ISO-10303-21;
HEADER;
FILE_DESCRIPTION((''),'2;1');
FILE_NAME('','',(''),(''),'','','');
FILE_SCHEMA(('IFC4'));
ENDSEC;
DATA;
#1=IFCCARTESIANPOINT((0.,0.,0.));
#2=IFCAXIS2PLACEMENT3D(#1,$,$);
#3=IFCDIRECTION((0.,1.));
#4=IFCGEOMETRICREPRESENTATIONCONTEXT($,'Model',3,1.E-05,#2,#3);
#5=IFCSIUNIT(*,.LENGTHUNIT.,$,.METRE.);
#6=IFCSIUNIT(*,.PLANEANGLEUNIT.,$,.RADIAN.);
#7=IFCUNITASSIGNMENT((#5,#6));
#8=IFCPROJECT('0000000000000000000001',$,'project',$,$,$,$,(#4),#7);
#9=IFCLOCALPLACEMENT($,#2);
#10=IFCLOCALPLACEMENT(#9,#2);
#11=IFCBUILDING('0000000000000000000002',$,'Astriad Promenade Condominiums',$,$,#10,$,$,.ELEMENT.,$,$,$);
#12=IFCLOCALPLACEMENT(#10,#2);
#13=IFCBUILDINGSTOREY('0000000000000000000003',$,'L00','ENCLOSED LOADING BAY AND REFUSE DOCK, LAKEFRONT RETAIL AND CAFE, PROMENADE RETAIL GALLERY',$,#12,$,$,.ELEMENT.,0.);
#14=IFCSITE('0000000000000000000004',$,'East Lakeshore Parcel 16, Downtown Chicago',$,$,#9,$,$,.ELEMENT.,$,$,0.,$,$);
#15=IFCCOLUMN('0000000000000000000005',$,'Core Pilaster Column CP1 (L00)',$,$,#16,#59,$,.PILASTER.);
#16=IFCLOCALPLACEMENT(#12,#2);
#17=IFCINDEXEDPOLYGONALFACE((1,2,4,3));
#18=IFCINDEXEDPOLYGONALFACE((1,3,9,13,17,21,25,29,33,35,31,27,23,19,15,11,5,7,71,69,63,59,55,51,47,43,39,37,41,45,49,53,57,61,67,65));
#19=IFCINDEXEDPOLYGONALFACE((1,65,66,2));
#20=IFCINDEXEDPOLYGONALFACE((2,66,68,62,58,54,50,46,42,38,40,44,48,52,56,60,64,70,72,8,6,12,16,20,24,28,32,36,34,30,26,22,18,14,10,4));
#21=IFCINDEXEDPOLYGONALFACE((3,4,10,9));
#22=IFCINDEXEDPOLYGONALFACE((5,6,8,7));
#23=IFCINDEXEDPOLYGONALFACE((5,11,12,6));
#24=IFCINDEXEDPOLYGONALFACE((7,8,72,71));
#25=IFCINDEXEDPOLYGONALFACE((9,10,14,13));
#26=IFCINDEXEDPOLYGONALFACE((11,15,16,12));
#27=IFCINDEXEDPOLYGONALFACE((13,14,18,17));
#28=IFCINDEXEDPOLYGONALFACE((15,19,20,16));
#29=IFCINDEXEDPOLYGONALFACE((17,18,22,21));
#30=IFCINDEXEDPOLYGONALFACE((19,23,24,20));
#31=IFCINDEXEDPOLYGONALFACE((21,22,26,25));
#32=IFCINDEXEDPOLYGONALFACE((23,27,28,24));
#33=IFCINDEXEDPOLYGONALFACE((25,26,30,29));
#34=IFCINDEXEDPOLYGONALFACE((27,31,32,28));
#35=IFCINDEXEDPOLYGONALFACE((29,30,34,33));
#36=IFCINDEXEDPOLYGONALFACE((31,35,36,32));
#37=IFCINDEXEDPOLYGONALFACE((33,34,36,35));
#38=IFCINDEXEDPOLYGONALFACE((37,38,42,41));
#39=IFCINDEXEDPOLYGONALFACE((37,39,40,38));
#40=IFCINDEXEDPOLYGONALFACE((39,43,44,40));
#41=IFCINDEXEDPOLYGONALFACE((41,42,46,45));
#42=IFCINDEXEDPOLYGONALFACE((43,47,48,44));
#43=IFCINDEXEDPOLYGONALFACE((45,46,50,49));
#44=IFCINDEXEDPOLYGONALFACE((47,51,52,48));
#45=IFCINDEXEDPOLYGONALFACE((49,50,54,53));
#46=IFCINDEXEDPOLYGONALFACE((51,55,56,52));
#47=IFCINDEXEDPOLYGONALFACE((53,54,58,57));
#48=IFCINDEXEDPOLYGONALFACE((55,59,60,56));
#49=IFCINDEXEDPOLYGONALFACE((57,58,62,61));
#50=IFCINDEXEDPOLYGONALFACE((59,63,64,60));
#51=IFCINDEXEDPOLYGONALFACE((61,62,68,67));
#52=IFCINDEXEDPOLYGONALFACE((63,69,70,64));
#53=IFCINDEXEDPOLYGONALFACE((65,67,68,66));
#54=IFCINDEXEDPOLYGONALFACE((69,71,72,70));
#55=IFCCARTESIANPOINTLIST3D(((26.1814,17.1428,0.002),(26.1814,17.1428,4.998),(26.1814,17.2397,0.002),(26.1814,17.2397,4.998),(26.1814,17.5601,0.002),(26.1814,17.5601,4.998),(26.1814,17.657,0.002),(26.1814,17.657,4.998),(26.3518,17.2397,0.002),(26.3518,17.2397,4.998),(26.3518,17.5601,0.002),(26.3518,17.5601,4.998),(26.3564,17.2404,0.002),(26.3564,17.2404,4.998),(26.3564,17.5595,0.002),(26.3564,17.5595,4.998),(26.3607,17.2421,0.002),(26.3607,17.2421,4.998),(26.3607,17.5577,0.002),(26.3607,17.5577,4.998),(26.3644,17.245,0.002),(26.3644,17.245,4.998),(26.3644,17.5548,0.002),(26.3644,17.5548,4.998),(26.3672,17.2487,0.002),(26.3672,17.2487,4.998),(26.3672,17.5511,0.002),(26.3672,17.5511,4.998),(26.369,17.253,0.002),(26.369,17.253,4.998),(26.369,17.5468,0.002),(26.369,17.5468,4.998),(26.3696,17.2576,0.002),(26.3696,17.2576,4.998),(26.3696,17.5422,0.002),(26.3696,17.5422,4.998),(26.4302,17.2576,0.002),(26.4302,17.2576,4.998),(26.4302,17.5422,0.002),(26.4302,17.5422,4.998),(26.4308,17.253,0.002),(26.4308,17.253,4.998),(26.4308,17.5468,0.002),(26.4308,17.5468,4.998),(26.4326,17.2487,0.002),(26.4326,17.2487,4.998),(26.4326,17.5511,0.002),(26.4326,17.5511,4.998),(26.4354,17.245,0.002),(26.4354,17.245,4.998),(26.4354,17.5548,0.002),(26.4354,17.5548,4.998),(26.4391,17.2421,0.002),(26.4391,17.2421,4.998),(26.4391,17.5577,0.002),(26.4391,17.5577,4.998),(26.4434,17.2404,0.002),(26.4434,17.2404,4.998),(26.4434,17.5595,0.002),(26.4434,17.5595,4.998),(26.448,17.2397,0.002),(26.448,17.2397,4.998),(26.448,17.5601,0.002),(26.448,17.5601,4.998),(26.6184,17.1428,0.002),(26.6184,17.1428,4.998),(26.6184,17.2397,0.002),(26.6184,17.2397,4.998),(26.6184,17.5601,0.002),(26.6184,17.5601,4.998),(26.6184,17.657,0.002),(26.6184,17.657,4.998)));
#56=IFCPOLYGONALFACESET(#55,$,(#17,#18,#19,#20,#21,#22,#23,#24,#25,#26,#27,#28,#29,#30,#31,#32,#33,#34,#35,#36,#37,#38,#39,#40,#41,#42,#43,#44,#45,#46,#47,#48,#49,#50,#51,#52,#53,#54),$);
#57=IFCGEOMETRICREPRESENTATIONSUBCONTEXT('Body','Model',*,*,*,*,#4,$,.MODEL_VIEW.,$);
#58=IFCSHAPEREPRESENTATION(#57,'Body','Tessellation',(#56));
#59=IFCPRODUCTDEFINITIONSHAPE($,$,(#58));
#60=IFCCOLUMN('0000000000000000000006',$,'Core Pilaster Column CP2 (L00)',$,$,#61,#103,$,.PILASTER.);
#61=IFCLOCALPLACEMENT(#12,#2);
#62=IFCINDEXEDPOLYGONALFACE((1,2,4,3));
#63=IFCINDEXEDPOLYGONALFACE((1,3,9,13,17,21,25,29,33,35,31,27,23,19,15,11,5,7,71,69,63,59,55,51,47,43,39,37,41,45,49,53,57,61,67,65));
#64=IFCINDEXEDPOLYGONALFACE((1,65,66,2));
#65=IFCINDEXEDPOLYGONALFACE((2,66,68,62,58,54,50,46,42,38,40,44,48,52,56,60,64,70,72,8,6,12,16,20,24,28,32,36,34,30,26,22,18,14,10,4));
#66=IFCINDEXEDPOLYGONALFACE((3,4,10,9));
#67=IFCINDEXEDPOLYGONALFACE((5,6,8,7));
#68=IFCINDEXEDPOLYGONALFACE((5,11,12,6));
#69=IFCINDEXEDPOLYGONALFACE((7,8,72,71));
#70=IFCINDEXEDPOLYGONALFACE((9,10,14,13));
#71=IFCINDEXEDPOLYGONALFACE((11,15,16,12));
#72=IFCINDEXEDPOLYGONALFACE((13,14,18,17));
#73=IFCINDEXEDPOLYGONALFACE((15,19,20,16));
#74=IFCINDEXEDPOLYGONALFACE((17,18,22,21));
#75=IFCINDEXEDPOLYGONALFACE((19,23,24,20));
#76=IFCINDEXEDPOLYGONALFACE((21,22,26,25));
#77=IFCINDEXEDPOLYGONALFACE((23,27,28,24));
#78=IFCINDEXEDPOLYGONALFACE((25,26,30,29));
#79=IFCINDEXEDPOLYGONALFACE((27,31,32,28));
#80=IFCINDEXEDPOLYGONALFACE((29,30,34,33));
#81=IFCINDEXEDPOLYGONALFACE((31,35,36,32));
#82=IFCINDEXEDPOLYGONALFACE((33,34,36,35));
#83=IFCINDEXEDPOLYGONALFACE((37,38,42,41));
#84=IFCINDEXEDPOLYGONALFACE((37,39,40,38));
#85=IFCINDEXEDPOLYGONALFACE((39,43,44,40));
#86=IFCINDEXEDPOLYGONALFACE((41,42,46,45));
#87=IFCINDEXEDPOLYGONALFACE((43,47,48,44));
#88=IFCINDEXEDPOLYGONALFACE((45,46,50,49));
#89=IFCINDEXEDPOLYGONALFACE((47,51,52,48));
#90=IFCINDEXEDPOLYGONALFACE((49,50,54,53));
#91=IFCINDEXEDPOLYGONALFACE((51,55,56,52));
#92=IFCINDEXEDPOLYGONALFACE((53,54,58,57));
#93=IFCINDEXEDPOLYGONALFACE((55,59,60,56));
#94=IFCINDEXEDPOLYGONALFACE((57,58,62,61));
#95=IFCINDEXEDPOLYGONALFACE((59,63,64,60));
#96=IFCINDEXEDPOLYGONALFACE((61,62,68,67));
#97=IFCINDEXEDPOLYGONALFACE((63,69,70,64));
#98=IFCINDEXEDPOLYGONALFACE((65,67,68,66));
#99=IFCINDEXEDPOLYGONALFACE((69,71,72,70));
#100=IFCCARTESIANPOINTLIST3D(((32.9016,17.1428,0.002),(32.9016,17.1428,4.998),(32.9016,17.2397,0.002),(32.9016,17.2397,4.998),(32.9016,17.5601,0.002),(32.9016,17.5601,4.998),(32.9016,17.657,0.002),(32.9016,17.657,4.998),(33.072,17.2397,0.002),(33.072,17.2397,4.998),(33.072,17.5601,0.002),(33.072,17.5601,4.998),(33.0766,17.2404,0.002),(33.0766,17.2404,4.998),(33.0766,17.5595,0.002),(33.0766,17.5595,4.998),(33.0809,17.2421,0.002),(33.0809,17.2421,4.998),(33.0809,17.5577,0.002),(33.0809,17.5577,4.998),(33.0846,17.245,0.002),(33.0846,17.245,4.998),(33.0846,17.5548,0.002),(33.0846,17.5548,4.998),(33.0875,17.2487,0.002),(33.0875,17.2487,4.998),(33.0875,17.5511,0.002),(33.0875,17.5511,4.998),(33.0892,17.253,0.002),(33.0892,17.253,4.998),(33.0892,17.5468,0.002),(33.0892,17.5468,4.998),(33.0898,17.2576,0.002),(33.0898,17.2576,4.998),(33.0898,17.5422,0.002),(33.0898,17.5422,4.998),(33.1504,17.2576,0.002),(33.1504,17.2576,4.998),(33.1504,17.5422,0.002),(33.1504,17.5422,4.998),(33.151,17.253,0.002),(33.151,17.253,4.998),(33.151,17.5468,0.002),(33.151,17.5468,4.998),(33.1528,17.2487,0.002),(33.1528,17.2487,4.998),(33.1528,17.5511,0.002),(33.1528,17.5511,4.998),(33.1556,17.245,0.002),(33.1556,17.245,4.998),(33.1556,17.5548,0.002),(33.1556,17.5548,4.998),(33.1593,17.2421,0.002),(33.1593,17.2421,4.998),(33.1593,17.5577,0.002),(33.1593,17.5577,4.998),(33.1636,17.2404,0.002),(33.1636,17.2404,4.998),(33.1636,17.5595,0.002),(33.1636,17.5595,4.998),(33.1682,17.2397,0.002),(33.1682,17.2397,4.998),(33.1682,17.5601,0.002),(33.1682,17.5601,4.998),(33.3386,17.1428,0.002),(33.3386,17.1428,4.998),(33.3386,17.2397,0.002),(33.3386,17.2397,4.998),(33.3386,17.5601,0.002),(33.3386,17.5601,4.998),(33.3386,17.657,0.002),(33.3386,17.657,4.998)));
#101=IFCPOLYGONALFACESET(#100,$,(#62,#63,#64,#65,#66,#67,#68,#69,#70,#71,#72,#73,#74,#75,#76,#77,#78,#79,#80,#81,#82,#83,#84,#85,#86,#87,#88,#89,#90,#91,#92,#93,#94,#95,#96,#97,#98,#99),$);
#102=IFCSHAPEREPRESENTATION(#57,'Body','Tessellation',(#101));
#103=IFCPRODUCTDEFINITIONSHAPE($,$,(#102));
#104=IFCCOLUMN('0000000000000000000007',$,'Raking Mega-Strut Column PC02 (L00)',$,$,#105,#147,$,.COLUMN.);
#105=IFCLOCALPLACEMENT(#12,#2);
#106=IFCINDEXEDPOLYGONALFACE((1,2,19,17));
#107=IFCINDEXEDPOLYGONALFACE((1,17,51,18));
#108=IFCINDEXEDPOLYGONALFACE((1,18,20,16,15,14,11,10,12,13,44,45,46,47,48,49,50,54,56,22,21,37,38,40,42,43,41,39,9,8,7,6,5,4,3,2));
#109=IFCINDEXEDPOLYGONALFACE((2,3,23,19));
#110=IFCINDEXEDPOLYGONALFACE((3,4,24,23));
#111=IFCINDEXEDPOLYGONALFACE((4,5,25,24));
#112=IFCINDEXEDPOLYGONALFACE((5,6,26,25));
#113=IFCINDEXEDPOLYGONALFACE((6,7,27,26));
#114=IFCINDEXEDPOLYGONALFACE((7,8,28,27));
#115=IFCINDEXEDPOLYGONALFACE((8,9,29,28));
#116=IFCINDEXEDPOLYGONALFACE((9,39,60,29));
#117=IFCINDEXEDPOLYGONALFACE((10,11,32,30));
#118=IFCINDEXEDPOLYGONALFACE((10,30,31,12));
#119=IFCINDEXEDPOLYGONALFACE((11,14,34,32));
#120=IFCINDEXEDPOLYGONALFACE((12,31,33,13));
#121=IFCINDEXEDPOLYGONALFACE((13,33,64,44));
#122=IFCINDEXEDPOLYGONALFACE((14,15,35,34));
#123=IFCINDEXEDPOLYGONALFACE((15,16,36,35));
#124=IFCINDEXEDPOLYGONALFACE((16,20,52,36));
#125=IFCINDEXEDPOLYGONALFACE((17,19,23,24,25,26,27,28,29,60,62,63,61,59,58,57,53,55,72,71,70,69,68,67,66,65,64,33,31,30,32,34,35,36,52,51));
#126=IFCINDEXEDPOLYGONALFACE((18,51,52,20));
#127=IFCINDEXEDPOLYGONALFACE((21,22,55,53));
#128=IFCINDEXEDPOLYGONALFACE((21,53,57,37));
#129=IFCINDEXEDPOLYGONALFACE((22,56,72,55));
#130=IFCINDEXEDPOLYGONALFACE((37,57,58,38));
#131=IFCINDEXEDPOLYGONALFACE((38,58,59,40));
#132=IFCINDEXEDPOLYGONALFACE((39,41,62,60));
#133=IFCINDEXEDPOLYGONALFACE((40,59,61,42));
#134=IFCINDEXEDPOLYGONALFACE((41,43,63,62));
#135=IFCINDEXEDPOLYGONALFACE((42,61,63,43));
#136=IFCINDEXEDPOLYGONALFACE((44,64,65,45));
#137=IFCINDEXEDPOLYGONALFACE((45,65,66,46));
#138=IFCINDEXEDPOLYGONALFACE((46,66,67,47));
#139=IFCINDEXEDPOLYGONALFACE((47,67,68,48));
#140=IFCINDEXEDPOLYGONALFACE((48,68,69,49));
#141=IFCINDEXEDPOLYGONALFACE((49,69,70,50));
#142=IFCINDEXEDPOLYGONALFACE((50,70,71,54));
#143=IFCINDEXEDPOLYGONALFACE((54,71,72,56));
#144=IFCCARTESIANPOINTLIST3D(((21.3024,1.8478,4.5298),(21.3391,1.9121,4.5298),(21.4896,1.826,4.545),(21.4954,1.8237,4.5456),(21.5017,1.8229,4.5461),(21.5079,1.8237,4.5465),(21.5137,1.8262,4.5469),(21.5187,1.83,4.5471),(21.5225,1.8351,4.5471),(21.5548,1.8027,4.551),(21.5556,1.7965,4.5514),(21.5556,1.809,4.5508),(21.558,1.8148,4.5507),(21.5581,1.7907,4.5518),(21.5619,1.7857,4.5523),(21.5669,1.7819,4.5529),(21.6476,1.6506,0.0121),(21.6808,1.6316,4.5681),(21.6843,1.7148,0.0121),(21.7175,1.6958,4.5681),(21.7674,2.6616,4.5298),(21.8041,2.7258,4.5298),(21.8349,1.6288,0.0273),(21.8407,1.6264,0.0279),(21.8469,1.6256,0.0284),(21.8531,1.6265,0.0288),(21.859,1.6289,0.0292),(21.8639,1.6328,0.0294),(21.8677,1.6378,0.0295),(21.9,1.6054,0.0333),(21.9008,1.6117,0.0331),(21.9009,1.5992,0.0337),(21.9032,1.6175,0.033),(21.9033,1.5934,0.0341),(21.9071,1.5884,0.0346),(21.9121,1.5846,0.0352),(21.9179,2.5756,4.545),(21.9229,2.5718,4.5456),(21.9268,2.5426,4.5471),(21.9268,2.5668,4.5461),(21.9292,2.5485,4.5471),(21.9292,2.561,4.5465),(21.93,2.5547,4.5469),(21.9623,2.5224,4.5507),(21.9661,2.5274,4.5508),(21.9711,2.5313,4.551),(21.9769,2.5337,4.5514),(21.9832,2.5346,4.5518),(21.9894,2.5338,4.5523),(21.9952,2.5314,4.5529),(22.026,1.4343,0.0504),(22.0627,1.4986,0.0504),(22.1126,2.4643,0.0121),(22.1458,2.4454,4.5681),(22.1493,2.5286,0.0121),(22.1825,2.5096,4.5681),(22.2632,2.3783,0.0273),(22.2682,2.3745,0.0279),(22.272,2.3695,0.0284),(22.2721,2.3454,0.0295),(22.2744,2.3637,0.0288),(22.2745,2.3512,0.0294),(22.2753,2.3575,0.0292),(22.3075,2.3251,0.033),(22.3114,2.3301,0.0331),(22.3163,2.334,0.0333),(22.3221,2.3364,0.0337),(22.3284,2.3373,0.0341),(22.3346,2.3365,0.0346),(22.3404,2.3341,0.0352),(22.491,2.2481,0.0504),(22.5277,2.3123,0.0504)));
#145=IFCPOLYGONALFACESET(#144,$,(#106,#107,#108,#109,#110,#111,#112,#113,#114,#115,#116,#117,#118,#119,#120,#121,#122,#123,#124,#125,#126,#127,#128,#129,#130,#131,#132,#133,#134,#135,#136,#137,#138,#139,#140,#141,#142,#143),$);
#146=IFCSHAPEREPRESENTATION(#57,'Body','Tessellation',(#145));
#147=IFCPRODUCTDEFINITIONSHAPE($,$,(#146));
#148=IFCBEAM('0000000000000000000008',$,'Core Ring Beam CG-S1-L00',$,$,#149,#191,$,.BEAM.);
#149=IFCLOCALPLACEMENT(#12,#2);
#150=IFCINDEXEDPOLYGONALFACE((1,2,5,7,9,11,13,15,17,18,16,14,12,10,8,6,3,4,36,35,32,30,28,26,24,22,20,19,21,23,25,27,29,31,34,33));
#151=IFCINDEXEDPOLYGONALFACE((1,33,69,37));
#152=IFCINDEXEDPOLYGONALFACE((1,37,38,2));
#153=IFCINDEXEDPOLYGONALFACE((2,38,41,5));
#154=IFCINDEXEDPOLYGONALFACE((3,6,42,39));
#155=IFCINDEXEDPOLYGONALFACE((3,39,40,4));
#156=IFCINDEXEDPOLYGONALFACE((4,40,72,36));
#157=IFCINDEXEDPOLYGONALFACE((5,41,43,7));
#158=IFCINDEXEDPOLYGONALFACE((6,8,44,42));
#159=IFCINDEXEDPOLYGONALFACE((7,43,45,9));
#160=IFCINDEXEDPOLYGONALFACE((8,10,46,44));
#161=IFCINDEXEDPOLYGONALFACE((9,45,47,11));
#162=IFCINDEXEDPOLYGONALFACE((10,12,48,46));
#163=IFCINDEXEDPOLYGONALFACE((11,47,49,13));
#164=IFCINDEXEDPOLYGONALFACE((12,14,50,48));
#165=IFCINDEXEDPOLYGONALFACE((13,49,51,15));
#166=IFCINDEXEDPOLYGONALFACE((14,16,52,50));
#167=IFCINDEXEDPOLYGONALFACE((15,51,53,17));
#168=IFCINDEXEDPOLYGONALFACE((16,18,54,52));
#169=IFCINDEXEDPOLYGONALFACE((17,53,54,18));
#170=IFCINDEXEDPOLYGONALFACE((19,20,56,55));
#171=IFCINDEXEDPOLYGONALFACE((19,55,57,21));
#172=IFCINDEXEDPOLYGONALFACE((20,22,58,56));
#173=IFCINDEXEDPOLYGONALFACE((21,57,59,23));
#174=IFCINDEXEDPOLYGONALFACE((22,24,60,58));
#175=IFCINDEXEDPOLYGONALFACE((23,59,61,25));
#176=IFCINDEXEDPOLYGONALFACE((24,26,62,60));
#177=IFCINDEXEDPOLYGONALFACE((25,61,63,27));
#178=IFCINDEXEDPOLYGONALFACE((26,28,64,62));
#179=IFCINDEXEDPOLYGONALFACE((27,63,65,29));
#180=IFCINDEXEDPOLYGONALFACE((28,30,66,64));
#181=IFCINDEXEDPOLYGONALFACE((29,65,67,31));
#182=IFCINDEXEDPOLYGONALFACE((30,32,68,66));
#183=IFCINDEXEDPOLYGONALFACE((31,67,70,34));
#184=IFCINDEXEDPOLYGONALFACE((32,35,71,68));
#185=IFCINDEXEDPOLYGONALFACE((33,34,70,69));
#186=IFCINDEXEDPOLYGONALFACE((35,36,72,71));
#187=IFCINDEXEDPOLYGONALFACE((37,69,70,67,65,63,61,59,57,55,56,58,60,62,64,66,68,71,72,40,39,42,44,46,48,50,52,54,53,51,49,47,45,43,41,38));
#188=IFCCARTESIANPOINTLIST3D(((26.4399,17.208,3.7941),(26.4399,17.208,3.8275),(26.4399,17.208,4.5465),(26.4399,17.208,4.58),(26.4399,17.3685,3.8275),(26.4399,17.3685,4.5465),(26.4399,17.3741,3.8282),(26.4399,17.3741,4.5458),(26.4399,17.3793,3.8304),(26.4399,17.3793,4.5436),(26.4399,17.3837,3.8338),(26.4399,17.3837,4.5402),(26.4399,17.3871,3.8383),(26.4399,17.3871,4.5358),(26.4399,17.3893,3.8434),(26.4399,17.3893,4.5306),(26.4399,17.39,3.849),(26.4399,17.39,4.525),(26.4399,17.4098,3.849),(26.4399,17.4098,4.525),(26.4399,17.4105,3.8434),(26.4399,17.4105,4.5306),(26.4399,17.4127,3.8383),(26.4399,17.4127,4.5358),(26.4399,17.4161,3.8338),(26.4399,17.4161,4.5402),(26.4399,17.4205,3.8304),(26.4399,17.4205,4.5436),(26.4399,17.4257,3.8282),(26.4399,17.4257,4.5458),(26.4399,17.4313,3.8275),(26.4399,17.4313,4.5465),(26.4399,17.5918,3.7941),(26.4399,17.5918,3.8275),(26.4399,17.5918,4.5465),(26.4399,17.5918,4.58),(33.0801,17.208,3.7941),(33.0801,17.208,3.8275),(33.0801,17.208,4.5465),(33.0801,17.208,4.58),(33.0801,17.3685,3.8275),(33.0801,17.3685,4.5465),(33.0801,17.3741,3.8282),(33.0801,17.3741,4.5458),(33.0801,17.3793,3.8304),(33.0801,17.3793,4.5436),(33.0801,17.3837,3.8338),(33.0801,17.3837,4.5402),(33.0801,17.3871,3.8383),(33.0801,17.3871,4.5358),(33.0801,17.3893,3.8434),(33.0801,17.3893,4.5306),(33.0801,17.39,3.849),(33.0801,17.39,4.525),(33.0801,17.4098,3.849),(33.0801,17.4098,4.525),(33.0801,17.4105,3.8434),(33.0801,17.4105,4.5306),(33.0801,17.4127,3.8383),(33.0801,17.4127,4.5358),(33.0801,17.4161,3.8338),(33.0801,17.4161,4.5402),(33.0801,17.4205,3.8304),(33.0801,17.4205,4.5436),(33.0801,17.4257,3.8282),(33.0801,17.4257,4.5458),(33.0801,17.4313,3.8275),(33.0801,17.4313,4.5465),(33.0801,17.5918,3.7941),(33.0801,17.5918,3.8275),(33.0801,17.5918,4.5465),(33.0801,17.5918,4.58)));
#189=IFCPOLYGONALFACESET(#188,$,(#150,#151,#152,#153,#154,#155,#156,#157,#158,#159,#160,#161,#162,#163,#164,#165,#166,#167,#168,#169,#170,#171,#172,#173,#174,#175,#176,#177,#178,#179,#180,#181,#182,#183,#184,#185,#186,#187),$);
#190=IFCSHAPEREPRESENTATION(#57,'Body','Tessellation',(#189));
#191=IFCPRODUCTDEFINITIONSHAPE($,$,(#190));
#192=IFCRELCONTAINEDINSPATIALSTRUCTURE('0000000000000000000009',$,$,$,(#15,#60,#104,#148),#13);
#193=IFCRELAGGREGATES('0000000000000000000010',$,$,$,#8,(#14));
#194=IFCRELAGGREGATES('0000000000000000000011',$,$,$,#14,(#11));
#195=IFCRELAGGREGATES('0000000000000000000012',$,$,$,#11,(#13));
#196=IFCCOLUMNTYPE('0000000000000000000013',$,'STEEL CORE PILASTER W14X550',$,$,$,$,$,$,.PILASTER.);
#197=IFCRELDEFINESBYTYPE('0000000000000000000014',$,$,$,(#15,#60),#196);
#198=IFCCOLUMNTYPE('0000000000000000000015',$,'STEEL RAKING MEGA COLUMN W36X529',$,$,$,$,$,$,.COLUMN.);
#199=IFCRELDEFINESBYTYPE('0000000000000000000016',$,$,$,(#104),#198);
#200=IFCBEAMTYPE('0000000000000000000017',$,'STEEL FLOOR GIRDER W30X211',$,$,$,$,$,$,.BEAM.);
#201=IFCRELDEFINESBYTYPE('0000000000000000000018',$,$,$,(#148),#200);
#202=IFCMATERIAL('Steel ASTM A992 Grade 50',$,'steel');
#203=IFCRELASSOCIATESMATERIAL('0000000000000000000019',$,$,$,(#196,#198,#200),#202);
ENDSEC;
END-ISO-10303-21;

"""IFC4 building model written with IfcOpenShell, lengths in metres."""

from ifc_helpers import new_model, si_unit, direction, frame, origin, origin_2d, place, context, subcontext, project, spatial, i_section, extrude, source, transform, mapped, material, material_profile, profile_set, type_object, type_shapes, element, save


model = new_model("IFC4")

# Units and contexts
model_context = context("Model", 3, precision=1e-05, world=origin(), true_north=direction((0.0, 1.0)))
body_context = subcontext(model_context, "Body", "Model", "MODEL_VIEW")
ifc_project = project(units=[si_unit("LENGTHUNIT", "METRE"), si_unit("PLANEANGLEUNIT", "RADIAN")], contexts=[model_context])

# Site, building, storey
site_placement = place(None, origin())
site = spatial("IfcSite", under=ifc_project, at=site_placement, Name="East Lakeshore Parcel 16, Downtown Chicago", CompositionType="ELEMENT", RefElevation=0.0)
building_placement = place(site_placement, origin())
building = spatial("IfcBuilding", under=site, at=building_placement, Name="Astriad Promenade Condominiums", CompositionType="ELEMENT")
storey_placement = place(building_placement, origin())
storey = spatial("IfcBuildingStorey", under=building, at=storey_placement, Name="L00", Description="ENCLOSED LOADING BAY AND REFUSE DOCK, LAKEFRONT RETAIL AND CAFE, PROMENADE RETAIL GALLERY", CompositionType="ELEMENT", Elevation=0.0)

# Columns
ifc_material_1 = material(Name="Steel ASTM A992 Grade 50", Category="steel")
ifc_material_profile_1 = material_profile(ifc_material_1, i_section(OverallWidth=0.437, OverallDepth=0.5142, WebThickness=0.0605, FlangeThickness=0.0969, FilletRadius=0.0178, at=origin_2d()), Name="W14X550")
ifc_profile_set_1 = profile_set([ifc_material_profile_1], Name="Steel ASTM A992 Grade 50")
column_type_1 = type_object("IfcColumnType", Name="STEEL CORE PILASTER W14X550", PredefinedType="PILASTER", material=ifc_profile_set_1)
shared_shape_1 = source(origin(), body_context, "Body", "SweptSolid", [
    extrude(i_section(OverallWidth=0.437, OverallDepth=0.5142, WebThickness=0.0605, FlangeThickness=0.0969, FilletRadius=0.0178, at=origin_2d()), origin(), (0.0, 0.0, 1.0), 4.9961),
])
type_shapes(column_type_1, [shared_shape_1])
for number, where, z_axis, x_axis, name in (
    (1, (26.3999, 17.3999, 0.002), (0.0, 0.0, 1.0), (1.0, 0.0, 0.0), "Core Pilaster Column CP1 (L00)"),
    (2, (33.1201, 17.3999, 0.002), (0.0, 0.0, 1.0), (1.0, 0.0, 0.0), "Core Pilaster Column CP2 (L00)"),
):
    element("IfcColumn", number, at=place(storey_placement, frame(where, z_axis=z_axis, x_axis=x_axis)), inside=storey, type_object=column_type_1, Name=name, PredefinedType="PILASTER", context=body_context, shape_type="MappedRepresentation", body=[
        mapped(shared_shape_1, transform((0.0, 0.0, 0.0), scale=1.0)),
    ])
ifc_material_profile_2 = material_profile(ifc_material_1, i_section(OverallWidth=0.4375, OverallDepth=1.0112, WebThickness=0.041, FlangeThickness=0.074, FilletRadius=0.0242, at=origin_2d()), Name="W36X529")
ifc_profile_set_2 = profile_set([ifc_material_profile_2], Name="Steel ASTM A992 Grade 50")
column_type_2 = type_object("IfcColumnType", Name="STEEL RAKING MEGA COLUMN W36X529", PredefinedType="COLUMN", material=ifc_profile_set_2)
shared_shape_2 = source(origin(), body_context, "Body", "SweptSolid", [
    extrude(i_section(OverallWidth=0.4375, OverallDepth=1.0112, WebThickness=0.041, FlangeThickness=0.074, FilletRadius=0.0242, at=origin_2d()), origin(), (0.0, 0.0, 1.0), 4.5352),
])
type_shapes(column_type_2, [shared_shape_2])
column_placement = place(storey_placement, frame((22.0876, 1.9814, 0.0312), z_axis=(-0.076122, 0.043498, 0.996149), x_axis=(0.8649, -0.494228, 0.087673)))
element("IfcColumn", 3, at=column_placement, inside=storey, type_object=column_type_2, Name="Raking Mega-Strut Column PC02 (L00)", PredefinedType="COLUMN", context=body_context, shape_type="MappedRepresentation", body=[
    mapped(shared_shape_2, transform((0.0, 0.0, 0.0), scale=1.0)),
])

# Beam
ifc_material_profile_3 = material_profile(ifc_material_1, i_section(OverallWidth=0.3838, OverallDepth=0.7859, WebThickness=0.0198, FlangeThickness=0.0334, FilletRadius=0.0215, at=origin_2d()), Name="W30X211")
ifc_profile_set_3 = profile_set([ifc_material_profile_3], Name="Steel ASTM A992 Grade 50")
beam_type_1 = type_object("IfcBeamType", Name="STEEL FLOOR GIRDER W30X211", PredefinedType="BEAM", material=ifc_profile_set_3)
shared_shape_3 = source(origin(), body_context, "Body", "SweptSolid", [
    extrude(i_section(OverallWidth=0.3838, OverallDepth=0.7859, WebThickness=0.0198, FlangeThickness=0.0334, FilletRadius=0.0215, at=origin_2d()), origin(), (0.0, 0.0, 1.0), 6.6401),
])
type_shapes(beam_type_1, [shared_shape_3])
beam_1_placement = place(storey_placement, frame((26.4399, 17.3999, 4.187), z_axis=(1.0, 0.0, 0.0), x_axis=(0.0, 1.0, 0.0)))
element("IfcBeam", 4, at=beam_1_placement, inside=storey, type_object=beam_type_1, Name="Core Ring Beam CG-S1-L00", PredefinedType="BEAM", context=body_context, shape_type="MappedRepresentation", body=[
    mapped(shared_shape_3, transform((0.0, 0.0, 0.0), scale=1.0)),
])

save(model, "model.ifc")
